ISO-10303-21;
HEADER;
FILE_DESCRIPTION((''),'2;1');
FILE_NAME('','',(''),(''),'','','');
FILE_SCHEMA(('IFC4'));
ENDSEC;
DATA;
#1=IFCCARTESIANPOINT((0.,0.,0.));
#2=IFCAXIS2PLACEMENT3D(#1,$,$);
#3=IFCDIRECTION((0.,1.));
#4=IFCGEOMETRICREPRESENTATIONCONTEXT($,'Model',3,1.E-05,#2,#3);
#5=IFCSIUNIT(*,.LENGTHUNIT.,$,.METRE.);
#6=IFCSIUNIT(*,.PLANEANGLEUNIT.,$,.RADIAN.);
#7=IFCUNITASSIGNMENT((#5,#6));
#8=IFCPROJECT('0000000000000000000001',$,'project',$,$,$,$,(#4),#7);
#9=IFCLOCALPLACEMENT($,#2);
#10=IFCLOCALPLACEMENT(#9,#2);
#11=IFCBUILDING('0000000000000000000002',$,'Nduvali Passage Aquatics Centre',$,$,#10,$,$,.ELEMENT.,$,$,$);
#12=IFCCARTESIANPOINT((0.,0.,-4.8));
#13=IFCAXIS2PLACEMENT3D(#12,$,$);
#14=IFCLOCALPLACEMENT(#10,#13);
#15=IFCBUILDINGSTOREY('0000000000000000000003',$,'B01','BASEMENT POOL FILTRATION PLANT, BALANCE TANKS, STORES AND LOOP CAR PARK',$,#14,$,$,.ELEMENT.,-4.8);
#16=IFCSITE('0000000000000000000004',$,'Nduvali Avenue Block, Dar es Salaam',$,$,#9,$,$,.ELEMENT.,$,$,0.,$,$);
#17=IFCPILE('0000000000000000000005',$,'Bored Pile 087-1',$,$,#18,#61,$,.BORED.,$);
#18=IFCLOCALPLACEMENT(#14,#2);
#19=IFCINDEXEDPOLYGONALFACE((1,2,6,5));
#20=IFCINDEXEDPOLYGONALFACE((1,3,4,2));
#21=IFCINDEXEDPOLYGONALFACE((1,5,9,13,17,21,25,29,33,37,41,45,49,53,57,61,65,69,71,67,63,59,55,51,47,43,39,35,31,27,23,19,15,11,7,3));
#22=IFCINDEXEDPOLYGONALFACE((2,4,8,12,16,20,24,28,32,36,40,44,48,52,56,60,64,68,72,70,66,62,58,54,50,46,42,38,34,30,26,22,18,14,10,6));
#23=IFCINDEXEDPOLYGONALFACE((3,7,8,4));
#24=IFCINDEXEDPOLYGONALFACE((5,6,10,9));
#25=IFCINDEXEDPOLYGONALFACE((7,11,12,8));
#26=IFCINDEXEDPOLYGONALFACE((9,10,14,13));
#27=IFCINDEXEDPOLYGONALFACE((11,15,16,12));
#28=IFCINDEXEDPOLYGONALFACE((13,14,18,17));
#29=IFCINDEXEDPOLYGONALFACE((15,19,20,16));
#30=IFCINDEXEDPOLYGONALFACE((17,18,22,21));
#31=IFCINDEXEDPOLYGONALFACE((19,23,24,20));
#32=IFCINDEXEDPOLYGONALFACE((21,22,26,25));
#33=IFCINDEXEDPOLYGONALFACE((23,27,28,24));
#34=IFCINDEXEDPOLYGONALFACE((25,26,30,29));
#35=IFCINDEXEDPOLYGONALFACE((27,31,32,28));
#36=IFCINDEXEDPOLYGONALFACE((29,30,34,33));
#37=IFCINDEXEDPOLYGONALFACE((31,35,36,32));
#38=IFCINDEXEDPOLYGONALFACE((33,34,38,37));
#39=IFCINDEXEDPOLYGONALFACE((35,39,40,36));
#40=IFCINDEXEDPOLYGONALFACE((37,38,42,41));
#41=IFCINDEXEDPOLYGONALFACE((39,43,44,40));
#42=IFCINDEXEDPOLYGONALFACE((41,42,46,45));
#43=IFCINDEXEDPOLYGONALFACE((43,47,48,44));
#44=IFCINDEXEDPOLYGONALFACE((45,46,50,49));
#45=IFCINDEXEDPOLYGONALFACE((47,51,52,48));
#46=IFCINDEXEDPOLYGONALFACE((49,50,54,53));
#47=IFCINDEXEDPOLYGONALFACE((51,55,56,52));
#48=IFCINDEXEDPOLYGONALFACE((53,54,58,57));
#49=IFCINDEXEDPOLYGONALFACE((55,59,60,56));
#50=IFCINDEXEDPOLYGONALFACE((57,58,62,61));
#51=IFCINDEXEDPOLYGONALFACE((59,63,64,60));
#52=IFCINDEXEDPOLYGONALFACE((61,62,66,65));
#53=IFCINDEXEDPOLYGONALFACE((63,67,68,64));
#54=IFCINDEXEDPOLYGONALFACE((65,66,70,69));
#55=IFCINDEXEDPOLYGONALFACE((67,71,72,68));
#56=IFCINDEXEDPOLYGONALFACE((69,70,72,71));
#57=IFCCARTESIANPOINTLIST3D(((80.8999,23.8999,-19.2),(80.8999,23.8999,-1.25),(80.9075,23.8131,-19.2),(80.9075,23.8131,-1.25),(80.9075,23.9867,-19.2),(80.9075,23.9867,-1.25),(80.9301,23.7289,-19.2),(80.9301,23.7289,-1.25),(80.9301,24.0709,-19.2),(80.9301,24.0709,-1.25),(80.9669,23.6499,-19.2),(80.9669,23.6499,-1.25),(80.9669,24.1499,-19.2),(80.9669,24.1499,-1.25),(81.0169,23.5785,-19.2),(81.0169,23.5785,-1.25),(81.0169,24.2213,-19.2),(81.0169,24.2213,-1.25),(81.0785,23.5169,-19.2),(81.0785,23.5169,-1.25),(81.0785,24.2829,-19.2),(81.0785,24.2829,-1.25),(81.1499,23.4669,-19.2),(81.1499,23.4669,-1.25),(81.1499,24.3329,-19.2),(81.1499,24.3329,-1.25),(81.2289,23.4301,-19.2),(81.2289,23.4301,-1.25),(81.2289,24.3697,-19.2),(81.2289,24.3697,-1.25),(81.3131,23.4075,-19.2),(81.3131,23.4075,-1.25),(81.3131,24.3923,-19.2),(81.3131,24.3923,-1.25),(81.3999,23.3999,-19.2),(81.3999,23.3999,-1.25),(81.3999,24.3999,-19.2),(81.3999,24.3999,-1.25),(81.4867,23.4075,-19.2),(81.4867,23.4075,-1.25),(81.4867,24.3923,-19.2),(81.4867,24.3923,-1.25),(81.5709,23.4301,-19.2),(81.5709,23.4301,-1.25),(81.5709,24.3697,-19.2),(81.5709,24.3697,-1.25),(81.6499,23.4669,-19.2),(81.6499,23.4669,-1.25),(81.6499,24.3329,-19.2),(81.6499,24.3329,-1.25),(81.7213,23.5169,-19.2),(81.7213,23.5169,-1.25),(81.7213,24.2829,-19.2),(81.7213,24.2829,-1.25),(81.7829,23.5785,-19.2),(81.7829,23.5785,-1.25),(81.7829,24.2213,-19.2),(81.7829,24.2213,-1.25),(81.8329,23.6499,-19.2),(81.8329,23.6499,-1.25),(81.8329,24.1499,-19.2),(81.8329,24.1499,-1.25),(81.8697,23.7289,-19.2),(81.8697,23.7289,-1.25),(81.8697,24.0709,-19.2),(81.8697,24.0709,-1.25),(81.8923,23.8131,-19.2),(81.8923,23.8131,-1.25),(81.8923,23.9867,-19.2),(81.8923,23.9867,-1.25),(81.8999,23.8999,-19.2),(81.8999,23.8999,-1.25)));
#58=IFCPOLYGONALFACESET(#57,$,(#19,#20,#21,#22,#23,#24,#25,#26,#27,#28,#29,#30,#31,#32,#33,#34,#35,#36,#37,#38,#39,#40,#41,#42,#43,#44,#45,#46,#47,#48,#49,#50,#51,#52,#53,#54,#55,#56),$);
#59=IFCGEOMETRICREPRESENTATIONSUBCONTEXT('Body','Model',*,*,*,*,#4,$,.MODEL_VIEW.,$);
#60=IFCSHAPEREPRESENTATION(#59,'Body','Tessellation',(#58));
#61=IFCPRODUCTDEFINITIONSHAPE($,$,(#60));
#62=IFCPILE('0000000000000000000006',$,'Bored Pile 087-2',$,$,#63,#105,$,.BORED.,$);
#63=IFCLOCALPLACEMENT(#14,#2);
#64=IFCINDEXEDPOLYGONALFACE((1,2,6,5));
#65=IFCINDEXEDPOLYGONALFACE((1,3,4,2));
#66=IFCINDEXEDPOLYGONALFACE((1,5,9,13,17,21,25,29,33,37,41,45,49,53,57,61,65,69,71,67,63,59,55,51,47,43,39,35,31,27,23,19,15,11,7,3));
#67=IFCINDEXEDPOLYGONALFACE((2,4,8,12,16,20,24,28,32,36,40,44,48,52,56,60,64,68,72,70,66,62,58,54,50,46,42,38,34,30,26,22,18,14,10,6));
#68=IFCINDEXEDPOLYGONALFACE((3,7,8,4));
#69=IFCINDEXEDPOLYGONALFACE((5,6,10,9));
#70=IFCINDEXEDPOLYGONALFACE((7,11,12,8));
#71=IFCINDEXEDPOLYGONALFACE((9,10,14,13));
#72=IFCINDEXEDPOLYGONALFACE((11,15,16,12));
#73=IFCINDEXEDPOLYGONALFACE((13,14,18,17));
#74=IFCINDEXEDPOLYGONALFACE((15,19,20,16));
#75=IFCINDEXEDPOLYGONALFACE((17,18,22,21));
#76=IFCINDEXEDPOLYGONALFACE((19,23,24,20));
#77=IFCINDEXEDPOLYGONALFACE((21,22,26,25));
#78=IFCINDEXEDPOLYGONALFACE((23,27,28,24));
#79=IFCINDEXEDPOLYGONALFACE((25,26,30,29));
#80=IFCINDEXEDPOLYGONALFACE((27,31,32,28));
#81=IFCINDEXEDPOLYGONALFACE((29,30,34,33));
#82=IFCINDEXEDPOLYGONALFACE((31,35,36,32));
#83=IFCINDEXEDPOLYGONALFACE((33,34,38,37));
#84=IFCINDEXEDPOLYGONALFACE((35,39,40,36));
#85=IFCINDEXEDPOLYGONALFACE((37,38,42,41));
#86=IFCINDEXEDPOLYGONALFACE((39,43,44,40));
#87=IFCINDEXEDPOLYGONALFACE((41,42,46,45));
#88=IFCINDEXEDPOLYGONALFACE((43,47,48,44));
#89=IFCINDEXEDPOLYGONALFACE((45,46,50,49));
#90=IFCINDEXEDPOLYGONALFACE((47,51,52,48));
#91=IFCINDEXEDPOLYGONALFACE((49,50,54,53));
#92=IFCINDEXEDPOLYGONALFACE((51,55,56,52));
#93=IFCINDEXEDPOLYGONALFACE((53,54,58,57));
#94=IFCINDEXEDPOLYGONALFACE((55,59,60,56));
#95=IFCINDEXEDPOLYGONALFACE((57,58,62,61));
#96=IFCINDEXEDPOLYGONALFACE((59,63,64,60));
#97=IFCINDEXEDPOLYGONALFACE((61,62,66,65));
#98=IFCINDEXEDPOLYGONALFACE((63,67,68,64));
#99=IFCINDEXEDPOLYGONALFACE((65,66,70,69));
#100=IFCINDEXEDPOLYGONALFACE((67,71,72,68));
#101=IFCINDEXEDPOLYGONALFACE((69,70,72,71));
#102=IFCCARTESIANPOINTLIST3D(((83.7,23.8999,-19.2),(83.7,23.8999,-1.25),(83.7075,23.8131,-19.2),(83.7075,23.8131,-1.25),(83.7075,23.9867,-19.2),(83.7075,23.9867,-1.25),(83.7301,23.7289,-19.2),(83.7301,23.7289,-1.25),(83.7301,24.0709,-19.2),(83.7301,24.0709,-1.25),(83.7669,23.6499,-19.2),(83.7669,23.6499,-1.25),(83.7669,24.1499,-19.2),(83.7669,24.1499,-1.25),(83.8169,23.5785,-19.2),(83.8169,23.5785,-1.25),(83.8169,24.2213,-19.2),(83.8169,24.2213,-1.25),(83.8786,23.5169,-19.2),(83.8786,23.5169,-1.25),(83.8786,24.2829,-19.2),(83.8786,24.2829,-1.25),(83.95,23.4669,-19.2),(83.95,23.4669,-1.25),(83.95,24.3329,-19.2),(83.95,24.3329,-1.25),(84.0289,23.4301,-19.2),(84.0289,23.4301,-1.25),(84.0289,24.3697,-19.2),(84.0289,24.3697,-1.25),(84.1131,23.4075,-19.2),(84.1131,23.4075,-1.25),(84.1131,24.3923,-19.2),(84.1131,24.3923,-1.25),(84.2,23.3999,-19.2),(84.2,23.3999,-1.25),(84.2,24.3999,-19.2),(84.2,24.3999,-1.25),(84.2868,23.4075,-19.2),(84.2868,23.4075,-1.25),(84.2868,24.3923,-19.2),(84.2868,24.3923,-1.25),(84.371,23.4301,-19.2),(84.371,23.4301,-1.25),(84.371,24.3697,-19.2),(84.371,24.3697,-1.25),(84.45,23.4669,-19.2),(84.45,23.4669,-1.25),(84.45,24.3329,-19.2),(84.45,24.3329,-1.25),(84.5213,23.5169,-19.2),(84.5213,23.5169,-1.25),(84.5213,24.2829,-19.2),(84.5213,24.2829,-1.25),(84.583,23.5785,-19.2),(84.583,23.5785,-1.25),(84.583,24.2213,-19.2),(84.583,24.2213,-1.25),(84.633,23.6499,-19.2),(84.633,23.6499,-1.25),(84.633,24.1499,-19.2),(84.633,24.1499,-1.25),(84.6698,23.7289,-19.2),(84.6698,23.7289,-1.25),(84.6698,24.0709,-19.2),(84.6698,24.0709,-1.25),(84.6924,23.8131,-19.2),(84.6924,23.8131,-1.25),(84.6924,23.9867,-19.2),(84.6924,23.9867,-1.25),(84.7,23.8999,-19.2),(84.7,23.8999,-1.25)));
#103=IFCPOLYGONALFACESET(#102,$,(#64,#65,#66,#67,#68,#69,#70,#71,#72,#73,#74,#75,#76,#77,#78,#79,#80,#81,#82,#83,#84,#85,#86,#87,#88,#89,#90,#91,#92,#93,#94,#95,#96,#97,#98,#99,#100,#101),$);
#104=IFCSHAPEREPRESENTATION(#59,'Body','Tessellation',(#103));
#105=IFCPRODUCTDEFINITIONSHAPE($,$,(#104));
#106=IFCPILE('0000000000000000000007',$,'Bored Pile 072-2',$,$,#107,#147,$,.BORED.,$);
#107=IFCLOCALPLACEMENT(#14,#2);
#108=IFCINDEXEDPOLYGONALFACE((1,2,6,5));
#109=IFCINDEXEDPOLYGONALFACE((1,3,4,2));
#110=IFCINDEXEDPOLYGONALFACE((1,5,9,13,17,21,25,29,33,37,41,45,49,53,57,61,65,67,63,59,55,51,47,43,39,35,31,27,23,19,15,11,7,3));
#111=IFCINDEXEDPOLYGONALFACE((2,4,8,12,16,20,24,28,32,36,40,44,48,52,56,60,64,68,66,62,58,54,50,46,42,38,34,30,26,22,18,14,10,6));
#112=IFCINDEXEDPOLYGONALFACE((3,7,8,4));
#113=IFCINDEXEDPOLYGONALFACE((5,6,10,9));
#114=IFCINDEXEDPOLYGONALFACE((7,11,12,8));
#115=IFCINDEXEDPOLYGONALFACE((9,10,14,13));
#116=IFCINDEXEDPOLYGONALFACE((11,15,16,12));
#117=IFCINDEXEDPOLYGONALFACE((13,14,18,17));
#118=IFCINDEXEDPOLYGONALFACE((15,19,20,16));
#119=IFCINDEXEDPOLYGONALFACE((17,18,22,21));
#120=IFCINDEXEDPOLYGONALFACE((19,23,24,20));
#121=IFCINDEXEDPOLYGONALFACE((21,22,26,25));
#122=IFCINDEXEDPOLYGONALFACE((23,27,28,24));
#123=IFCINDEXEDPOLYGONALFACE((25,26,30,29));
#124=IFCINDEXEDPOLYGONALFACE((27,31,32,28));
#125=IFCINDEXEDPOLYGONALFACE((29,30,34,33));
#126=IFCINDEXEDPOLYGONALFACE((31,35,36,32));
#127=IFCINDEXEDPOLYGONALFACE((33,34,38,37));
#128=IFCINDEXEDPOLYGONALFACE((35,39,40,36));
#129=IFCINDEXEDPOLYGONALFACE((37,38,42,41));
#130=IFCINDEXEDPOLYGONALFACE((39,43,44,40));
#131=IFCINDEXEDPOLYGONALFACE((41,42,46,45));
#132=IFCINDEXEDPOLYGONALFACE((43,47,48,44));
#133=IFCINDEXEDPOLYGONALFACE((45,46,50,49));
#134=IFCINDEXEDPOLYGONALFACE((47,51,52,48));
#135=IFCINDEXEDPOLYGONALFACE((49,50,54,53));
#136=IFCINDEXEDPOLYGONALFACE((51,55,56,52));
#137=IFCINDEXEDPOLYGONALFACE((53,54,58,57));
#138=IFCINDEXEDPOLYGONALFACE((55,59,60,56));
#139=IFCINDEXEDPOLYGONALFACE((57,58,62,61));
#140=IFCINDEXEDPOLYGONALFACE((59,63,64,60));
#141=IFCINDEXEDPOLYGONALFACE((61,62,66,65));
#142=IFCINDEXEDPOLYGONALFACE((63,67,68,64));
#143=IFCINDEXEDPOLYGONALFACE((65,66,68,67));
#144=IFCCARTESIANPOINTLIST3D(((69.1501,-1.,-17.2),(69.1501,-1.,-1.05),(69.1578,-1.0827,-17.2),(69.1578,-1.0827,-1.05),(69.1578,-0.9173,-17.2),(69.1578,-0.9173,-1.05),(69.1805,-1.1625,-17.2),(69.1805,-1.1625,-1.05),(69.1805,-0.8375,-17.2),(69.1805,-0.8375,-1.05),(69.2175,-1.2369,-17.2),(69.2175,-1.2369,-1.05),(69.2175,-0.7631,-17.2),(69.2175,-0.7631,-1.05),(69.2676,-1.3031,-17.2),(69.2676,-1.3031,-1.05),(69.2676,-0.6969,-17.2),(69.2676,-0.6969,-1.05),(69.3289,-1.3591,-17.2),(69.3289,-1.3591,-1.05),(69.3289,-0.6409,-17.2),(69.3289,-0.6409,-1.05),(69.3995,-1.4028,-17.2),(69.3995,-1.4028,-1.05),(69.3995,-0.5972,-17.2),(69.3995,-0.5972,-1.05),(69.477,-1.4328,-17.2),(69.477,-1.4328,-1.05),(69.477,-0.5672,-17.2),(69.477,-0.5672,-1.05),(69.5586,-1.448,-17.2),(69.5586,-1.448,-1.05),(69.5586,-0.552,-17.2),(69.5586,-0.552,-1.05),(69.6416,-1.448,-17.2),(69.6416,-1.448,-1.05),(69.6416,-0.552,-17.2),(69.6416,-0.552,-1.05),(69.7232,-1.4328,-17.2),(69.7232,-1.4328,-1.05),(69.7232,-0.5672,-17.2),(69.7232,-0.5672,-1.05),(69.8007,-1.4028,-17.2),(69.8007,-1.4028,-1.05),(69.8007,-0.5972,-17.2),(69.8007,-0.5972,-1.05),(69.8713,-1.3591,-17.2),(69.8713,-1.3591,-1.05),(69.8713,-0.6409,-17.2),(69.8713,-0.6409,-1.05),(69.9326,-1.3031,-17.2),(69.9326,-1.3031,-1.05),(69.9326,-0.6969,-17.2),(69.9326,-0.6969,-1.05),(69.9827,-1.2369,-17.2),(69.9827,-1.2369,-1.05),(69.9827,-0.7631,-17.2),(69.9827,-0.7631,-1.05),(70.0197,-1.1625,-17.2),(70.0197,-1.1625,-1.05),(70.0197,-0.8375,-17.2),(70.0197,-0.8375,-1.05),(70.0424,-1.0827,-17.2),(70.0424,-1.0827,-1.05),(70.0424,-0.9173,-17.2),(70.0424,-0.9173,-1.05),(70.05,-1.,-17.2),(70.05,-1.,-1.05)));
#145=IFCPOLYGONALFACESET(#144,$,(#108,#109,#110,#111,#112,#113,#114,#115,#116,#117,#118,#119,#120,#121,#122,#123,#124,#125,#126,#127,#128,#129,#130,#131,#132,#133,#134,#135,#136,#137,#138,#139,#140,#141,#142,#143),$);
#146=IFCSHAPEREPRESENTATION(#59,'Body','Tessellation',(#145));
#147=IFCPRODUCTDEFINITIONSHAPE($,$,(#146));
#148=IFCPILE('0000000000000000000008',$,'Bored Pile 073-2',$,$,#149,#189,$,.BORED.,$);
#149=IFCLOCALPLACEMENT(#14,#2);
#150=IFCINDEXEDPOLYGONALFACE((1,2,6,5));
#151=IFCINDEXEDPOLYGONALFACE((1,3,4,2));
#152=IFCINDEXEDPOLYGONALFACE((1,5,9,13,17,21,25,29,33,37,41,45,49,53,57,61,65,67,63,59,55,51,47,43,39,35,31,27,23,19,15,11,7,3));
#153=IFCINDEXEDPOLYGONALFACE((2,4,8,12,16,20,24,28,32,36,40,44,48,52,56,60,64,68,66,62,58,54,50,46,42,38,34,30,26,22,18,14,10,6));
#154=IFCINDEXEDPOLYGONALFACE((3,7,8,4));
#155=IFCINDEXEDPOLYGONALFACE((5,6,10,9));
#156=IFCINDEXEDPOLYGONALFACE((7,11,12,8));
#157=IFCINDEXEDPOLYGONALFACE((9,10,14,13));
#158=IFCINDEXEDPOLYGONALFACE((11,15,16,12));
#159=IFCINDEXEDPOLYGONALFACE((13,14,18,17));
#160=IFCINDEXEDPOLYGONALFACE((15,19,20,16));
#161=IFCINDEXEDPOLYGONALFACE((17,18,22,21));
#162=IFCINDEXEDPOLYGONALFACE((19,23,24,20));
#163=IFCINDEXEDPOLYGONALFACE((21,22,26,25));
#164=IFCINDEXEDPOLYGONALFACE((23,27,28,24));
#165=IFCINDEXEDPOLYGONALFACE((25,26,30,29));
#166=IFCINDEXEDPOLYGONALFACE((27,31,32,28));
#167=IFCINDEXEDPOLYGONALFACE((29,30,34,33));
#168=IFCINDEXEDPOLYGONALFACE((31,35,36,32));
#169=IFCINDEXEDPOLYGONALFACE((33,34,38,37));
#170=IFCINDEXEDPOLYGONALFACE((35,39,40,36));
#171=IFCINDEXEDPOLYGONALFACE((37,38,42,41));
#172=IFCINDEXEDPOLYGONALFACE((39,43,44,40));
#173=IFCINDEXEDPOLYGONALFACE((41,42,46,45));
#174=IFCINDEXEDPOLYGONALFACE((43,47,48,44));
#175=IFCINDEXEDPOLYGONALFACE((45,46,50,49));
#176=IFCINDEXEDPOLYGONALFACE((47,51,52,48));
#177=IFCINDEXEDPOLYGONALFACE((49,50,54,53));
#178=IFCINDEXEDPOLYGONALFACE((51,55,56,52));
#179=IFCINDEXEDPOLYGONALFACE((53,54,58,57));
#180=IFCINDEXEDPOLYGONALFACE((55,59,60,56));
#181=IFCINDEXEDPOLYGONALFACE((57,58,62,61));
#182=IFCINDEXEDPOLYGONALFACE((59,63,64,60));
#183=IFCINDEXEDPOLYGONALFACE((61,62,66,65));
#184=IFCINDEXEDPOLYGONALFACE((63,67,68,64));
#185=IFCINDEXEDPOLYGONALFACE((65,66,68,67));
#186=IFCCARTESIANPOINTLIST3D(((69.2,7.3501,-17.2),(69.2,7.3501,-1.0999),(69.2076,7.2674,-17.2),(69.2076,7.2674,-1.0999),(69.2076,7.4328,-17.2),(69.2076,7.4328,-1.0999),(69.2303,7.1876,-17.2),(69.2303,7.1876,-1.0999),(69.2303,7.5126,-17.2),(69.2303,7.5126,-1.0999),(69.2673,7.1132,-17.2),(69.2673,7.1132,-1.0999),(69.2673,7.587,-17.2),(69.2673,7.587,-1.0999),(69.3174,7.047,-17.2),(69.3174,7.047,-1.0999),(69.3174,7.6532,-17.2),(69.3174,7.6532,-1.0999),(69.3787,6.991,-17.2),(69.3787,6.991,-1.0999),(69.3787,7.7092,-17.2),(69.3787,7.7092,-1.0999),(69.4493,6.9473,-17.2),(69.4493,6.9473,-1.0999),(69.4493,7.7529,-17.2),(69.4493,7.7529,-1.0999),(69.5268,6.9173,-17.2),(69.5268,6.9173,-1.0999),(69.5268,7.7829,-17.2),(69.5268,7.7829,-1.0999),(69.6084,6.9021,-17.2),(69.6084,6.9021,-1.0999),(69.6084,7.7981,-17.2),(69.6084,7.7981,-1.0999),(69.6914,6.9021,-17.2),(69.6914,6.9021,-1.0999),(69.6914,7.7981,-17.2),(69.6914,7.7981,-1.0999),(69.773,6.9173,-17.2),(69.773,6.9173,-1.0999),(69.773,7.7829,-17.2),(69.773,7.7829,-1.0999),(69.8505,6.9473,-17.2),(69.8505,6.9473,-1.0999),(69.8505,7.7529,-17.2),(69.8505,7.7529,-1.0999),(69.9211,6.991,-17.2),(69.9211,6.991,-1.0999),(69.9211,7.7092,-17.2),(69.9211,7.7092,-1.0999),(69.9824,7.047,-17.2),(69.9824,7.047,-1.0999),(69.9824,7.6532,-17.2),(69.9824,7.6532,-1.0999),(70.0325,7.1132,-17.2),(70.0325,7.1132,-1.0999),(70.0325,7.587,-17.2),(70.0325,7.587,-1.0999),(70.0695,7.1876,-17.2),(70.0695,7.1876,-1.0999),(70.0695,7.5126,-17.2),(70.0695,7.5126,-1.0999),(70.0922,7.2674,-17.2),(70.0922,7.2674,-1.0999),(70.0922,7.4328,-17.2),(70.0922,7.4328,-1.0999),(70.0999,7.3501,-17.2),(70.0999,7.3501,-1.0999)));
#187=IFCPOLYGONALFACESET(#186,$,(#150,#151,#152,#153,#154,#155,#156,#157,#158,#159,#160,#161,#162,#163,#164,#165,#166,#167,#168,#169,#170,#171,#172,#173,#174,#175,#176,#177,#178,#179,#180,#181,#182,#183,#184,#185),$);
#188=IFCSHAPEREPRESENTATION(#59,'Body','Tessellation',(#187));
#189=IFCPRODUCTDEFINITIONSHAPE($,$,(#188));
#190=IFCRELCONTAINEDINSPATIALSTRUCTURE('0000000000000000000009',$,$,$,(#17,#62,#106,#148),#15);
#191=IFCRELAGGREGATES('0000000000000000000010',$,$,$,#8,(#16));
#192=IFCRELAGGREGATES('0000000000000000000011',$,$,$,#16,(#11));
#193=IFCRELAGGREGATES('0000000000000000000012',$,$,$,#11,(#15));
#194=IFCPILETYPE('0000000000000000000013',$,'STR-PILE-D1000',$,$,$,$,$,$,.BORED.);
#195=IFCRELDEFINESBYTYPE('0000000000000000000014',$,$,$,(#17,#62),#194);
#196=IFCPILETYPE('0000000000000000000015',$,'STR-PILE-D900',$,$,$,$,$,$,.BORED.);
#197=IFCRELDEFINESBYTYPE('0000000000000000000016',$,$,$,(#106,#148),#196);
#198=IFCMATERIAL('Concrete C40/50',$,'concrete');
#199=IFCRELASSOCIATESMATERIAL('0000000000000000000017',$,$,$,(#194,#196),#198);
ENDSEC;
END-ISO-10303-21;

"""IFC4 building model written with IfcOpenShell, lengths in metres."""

from ifc_helpers import new_model, si_unit, direction, frame, origin, origin_2d, place, context, subcontext, project, spatial, circle, extrude, material, material_profile, profile_set, type_object, element, save


model = new_model("IFC4")

# Units and contexts
model_context = context("Model", 3, precision=1e-05, world=origin(), true_north=direction((0.0, 1.0)))
body_context = subcontext(model_context, "Body", "Model", "MODEL_VIEW")
ifc_project = project(units=[si_unit("LENGTHUNIT", "METRE"), si_unit("PLANEANGLEUNIT", "RADIAN")], contexts=[model_context])

# Site, building, storey
site_placement = place(None, origin())
site = spatial("IfcSite", under=ifc_project, at=site_placement, Name="Nduvali Avenue Block, Dar es Salaam", CompositionType="ELEMENT", RefElevation=0.0)
building_placement = place(site_placement, origin())
building = spatial("IfcBuilding", under=site, at=building_placement, Name="Nduvali Passage Aquatics Centre", CompositionType="ELEMENT")
storey_placement = place(building_placement, frame((0.0, 0.0, -4.8)))
storey = spatial("IfcBuildingStorey", under=building, at=storey_placement, Name="B01", Description="BASEMENT POOL FILTRATION PLANT, BALANCE TANKS, STORES AND LOOP CAR PARK", CompositionType="ELEMENT", Elevation=-4.8)

# Shared definitions
ifc_material_1 = material(Name="Concrete C40/50", Category="concrete")

# Piles
ifc_material_profile_1 = material_profile(ifc_material_1, circle(Radius=0.5, at=origin_2d()), Name="PILE D1000")
ifc_profile_set_1 = profile_set([ifc_material_profile_1], Name="Concrete C40/50")
pile_type_1 = type_object("IfcPileType", Name="STR-PILE-D1000", PredefinedType="BORED", material=ifc_profile_set_1)
for number, where, z_axis, x_axis, name in (
    (1, (81.3999, 23.8999, -1.25), (0.0, 0.0, -1.0), (1.0, 0.0, 0.0), "Bored Pile 087-1"),
    (2, (84.2, 23.8999, -1.25), (0.0, 0.0, -1.0), (1.0, 0.0, 0.0), "Bored Pile 087-2"),
):
    element("IfcPile", number, at=place(storey_placement, frame(where, z_axis=z_axis, x_axis=x_axis)), inside=storey, type_object=pile_type_1, Name=name, PredefinedType="BORED", context=body_context, shape_type="SweptSolid", body=[
        extrude(circle(Radius=0.5, at=origin_2d()), origin(), (0.0, 0.0, 1.0), 17.95),
    ])
ifc_material_profile_2 = material_profile(ifc_material_1, circle(Radius=0.45, at=origin_2d()), Name="PILE D900")
ifc_profile_set_2 = profile_set([ifc_material_profile_2], Name="Concrete C40/50")
pile_type_2 = type_object("IfcPileType", Name="STR-PILE-D900", PredefinedType="BORED", material=ifc_profile_set_2)
pile_1_placement = place(storey_placement, frame((69.6001, -1.0, -1.05), z_axis=(0.0, 0.0, -1.0), x_axis=(1.0, 0.0, 0.0)))
element("IfcPile", 3, at=pile_1_placement, inside=storey, type_object=pile_type_2, Name="Bored Pile 072-2", PredefinedType="BORED", context=body_context, shape_type="SweptSolid", body=[
    extrude(circle(Radius=0.45, at=origin_2d()), origin(), (0.0, 0.0, 1.0), 16.1499),
])
pile_2_placement = place(storey_placement, frame((69.6499, 7.3501, -1.0999), z_axis=(0.0, 0.0, -1.0), x_axis=(1.0, 0.0, 0.0)))
element("IfcPile", 4, at=pile_2_placement, inside=storey, type_object=pile_type_2, Name="Bored Pile 073-2", PredefinedType="BORED", context=body_context, shape_type="SweptSolid", body=[
    extrude(circle(Radius=0.45, at=origin_2d()), origin(), (0.0, 0.0, 1.0), 16.1001),
])

save(model, "model.ifc")
